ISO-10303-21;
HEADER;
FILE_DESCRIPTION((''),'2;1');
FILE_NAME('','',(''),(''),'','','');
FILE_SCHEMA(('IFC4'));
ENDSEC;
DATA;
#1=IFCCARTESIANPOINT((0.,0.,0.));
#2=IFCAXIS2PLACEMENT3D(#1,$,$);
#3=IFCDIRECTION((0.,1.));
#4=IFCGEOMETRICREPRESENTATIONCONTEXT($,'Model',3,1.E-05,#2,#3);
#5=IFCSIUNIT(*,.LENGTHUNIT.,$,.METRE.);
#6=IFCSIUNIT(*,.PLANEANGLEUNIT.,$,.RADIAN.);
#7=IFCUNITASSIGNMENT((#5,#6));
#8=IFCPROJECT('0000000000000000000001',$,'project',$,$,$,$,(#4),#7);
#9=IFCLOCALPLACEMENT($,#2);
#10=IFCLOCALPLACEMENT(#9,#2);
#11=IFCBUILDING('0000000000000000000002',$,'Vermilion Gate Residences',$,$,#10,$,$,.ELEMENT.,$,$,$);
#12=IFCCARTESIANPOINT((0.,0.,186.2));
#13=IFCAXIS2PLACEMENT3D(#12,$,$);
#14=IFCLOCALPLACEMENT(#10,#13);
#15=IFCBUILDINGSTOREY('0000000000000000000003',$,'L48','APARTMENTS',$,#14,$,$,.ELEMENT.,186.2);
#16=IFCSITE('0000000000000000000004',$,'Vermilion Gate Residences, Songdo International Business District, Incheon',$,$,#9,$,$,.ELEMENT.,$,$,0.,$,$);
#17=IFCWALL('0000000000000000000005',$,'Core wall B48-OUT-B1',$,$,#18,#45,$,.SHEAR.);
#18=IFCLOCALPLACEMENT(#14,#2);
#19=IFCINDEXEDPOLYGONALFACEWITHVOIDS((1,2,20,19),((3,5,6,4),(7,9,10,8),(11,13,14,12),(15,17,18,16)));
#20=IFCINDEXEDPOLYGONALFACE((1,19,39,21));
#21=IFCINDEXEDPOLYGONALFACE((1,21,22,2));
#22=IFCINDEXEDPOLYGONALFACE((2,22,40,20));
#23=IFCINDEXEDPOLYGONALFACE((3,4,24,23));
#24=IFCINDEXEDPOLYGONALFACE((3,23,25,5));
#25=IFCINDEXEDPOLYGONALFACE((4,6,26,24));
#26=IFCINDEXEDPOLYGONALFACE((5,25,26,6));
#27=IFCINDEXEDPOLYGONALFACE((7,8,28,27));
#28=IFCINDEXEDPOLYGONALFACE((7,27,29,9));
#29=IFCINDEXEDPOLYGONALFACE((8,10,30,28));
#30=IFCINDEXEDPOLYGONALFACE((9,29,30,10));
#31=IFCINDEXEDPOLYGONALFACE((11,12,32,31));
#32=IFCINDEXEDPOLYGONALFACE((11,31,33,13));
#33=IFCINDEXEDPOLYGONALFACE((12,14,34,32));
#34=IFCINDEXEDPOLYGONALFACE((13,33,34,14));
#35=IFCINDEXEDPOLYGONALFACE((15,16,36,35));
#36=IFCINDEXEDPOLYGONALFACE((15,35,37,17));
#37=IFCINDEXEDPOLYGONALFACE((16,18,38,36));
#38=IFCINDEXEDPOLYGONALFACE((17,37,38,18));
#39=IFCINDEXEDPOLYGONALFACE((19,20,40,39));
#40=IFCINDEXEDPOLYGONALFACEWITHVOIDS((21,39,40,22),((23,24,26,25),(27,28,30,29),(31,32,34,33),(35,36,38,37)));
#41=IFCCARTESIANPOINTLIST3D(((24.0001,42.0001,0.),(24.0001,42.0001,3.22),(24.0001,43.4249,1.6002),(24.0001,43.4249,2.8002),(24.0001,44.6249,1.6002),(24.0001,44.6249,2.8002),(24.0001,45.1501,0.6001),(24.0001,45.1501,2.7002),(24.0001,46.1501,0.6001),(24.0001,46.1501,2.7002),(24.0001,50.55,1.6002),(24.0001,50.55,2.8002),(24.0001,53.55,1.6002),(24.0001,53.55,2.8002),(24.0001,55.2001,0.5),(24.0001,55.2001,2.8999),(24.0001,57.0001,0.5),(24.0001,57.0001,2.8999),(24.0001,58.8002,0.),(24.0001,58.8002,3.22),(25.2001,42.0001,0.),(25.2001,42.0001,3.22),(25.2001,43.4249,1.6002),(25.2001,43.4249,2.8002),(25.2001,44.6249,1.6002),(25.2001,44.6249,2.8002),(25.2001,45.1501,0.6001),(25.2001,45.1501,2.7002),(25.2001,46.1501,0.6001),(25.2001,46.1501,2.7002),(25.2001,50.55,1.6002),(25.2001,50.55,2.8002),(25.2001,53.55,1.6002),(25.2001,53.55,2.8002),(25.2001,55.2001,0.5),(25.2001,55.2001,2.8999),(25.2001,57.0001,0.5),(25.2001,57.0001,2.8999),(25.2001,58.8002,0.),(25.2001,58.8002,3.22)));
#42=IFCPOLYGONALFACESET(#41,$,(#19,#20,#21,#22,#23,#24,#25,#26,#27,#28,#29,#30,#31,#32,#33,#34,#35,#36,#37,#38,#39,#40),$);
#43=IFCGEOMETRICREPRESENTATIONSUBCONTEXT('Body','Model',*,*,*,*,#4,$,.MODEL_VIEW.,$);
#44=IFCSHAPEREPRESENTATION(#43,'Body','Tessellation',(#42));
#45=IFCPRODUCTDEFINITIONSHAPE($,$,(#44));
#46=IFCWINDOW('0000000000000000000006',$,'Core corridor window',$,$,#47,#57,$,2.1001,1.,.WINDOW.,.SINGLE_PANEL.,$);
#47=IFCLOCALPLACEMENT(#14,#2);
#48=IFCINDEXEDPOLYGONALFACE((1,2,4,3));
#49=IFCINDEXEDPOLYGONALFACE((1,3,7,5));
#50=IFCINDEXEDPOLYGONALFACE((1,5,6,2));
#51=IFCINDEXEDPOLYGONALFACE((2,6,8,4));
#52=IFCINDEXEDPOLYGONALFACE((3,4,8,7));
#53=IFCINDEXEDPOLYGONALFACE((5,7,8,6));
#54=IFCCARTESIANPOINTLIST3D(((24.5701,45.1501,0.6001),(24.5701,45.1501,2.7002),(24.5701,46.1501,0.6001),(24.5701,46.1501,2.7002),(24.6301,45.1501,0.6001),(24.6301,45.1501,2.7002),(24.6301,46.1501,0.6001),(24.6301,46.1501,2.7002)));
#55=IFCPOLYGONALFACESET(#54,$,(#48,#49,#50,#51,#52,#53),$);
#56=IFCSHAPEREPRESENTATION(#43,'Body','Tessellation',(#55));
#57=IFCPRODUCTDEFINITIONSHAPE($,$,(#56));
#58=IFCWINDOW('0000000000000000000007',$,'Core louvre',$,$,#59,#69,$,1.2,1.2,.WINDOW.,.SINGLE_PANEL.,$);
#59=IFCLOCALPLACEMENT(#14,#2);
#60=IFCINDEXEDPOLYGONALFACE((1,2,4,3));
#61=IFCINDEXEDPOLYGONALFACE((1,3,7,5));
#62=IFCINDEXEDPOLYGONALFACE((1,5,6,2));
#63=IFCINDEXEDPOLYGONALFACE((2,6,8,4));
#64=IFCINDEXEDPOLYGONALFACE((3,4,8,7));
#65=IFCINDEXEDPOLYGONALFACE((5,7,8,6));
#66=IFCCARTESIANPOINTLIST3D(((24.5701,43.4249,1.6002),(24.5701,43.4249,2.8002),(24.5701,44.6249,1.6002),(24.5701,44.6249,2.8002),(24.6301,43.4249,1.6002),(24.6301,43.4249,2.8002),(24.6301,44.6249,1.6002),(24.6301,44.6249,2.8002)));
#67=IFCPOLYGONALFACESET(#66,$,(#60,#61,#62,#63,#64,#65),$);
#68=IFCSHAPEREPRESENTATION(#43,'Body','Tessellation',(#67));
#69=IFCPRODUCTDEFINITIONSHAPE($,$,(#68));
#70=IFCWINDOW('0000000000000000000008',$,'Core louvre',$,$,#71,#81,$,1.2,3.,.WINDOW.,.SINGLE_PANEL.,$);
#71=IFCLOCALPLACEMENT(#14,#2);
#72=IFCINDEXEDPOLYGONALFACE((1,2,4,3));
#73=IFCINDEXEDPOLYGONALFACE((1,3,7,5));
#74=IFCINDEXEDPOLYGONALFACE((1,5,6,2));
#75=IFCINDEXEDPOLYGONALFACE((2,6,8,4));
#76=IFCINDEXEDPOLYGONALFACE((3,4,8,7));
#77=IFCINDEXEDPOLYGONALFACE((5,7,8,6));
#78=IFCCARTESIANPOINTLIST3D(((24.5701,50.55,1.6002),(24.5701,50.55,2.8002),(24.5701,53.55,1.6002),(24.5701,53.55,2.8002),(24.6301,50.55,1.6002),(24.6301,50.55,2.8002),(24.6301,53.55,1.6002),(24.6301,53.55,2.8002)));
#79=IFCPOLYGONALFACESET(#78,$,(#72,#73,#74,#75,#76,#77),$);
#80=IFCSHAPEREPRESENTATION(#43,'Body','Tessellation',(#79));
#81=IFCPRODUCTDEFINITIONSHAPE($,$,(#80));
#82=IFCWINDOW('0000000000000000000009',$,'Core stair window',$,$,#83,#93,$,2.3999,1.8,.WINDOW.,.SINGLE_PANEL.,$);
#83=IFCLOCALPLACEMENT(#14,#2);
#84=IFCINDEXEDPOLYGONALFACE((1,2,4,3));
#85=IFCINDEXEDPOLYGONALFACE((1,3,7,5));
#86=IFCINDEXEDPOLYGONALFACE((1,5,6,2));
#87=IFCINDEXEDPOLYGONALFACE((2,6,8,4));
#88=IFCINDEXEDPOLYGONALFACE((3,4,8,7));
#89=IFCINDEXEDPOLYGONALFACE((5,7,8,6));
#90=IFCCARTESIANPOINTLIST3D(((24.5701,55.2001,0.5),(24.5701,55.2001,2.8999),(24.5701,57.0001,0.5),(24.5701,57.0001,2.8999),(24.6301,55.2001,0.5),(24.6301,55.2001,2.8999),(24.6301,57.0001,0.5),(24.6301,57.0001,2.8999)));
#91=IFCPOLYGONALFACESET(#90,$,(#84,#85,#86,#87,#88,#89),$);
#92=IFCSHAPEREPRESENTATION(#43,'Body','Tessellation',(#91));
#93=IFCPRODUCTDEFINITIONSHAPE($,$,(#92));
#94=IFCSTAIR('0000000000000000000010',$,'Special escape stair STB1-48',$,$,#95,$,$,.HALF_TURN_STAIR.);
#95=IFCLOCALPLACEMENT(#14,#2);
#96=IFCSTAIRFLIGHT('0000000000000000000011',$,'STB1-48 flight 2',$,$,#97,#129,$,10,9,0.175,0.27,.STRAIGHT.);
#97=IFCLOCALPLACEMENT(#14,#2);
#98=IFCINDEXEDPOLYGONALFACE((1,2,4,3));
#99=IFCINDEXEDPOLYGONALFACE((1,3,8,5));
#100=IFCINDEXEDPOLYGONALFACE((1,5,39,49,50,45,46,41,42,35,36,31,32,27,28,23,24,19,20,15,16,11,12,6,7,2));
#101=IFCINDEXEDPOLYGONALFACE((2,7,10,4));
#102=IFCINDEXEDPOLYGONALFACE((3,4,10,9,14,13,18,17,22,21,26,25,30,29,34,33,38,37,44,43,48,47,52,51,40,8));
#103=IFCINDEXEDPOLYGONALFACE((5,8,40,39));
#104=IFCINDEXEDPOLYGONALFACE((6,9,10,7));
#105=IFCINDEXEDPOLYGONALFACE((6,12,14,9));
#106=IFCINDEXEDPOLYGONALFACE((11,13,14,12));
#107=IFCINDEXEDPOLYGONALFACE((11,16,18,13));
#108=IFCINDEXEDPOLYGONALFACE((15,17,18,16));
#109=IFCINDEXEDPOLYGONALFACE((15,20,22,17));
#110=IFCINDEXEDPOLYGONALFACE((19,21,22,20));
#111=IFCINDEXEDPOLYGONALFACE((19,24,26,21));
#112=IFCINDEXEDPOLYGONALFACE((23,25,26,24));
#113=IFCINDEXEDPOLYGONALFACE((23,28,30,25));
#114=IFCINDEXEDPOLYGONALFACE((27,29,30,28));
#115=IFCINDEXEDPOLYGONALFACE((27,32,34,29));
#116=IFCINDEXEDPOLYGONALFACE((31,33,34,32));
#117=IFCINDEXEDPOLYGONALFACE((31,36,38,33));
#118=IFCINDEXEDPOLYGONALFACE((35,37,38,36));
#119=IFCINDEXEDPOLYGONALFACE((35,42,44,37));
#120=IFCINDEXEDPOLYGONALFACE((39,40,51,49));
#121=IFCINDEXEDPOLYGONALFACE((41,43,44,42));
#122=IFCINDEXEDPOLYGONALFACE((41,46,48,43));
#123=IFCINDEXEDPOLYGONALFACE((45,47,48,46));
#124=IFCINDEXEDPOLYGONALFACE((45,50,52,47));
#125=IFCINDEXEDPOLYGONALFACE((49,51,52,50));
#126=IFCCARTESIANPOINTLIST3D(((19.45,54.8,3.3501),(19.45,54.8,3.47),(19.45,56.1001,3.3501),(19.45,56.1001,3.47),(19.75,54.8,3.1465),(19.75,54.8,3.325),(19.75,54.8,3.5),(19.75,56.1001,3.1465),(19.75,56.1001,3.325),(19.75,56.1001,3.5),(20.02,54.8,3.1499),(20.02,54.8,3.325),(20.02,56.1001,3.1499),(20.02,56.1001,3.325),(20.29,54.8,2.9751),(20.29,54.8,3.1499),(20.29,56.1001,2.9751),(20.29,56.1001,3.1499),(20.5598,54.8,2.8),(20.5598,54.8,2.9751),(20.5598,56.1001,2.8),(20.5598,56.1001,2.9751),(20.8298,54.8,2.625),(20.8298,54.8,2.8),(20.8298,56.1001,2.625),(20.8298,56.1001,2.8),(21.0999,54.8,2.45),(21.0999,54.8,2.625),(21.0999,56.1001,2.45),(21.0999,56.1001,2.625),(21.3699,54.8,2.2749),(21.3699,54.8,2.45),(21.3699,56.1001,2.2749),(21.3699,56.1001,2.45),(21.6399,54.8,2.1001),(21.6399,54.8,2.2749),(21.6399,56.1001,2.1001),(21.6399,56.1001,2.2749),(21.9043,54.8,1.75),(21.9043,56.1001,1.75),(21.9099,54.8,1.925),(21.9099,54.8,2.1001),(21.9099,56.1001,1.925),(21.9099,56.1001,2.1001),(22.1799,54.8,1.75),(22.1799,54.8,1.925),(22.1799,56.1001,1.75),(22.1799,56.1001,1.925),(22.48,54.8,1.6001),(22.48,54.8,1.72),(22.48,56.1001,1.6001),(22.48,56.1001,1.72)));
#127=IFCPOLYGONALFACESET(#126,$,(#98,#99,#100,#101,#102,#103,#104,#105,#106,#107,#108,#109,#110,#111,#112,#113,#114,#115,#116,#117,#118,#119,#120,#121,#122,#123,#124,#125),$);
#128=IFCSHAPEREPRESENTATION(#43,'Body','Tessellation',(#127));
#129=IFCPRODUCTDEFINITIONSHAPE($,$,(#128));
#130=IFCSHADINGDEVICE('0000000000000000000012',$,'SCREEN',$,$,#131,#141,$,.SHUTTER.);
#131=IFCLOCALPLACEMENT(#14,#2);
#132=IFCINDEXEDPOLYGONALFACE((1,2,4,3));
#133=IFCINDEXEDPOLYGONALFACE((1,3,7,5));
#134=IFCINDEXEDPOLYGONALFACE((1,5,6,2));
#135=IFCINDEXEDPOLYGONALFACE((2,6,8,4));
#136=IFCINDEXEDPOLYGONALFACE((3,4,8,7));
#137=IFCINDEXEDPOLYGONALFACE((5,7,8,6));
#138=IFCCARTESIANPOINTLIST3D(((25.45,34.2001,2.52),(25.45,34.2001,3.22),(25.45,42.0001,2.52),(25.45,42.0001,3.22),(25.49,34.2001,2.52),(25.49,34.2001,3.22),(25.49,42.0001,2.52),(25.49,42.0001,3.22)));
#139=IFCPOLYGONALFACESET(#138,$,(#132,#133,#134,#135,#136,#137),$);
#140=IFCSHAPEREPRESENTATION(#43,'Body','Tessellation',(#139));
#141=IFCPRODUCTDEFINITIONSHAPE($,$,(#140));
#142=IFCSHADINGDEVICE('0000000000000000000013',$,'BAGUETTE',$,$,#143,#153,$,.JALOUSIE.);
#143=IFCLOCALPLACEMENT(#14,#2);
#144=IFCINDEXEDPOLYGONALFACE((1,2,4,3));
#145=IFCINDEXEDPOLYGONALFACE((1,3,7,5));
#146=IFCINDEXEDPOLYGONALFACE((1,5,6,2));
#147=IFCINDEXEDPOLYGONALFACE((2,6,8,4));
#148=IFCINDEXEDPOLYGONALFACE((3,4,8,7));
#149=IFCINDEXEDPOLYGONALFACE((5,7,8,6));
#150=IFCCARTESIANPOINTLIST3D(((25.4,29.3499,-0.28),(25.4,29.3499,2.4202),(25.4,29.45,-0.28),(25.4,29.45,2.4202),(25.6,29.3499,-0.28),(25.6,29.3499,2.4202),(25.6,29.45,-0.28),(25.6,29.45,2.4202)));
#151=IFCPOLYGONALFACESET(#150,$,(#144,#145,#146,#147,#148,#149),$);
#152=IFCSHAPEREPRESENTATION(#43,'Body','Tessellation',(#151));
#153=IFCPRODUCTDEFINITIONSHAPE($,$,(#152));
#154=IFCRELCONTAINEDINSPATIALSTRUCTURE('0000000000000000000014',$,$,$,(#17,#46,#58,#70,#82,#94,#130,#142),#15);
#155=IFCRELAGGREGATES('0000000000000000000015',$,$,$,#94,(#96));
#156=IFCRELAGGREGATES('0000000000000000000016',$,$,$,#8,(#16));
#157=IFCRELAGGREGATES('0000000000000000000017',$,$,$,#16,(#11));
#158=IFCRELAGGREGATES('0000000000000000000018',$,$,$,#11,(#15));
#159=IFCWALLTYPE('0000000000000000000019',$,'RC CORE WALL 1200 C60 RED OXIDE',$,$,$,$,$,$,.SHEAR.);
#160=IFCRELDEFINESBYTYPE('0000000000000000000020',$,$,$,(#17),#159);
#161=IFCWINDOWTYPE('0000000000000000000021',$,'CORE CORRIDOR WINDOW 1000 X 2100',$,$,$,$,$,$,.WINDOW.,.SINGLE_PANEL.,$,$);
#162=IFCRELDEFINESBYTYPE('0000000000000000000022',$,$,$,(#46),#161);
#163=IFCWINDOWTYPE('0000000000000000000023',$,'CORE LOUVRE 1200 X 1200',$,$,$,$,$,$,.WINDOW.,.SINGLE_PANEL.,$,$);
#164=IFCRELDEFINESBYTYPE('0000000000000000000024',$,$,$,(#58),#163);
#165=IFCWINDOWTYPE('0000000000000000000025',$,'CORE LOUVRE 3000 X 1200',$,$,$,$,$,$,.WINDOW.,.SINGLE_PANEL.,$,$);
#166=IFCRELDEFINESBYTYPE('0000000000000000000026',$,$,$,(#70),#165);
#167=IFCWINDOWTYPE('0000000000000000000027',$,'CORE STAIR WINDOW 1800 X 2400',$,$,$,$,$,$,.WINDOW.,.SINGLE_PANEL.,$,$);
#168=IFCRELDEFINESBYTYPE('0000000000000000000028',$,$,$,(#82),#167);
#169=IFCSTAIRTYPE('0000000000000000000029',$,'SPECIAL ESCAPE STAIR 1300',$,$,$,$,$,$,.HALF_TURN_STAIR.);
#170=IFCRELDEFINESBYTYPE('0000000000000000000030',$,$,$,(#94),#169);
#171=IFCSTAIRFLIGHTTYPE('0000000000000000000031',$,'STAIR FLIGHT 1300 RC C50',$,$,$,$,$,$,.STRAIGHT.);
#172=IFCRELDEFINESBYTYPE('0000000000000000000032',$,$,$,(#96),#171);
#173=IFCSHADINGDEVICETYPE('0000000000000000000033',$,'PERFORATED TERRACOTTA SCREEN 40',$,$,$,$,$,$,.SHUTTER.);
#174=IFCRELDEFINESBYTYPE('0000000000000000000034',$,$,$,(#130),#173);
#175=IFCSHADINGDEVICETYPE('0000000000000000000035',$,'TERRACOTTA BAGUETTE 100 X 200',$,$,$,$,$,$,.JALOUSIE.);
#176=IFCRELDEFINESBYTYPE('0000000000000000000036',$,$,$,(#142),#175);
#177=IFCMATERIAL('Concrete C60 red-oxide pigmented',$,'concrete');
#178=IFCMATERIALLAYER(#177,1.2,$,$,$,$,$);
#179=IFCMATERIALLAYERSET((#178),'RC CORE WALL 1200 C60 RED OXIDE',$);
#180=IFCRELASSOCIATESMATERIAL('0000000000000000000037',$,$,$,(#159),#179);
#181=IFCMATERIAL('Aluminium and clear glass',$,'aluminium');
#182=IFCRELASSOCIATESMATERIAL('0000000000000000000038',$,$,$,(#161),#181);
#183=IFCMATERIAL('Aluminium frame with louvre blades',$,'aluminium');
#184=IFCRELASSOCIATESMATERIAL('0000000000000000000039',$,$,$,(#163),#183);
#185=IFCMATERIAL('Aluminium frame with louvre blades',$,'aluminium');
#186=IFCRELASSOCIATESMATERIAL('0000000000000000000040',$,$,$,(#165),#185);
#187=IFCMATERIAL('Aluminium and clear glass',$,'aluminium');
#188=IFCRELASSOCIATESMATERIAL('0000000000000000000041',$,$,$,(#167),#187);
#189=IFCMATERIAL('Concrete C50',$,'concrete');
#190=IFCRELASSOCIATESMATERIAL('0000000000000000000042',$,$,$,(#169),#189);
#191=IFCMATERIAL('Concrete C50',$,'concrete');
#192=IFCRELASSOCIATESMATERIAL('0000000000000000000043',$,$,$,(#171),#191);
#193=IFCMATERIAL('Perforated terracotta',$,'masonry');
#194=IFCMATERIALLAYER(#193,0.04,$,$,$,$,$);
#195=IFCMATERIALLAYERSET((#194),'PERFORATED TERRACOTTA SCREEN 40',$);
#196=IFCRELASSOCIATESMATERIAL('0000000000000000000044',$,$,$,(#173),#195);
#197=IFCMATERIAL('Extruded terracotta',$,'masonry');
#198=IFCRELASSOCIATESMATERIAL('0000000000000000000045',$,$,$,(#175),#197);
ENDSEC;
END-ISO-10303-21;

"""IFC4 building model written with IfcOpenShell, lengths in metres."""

from ifc_helpers import new_model, si_unit, direction, frame, frame_2d, origin, origin_2d, place, context, subcontext, project, spatial, polyline, rectangle, outline, extrude, material, layer, layer_set, material_profile, profile_set, type_object, element, fill, aggregate, save


model = new_model("IFC4")

# Units and contexts
model_context = context("Model", 3, precision=1e-05, world=origin(), true_north=direction((0.0, 1.0)))
body_context = subcontext(model_context, "Body", "Model", "MODEL_VIEW")
ifc_project = project(units=[si_unit("LENGTHUNIT", "METRE"), si_unit("PLANEANGLEUNIT", "RADIAN")], contexts=[model_context])

# Site, building, storey
site_placement = place(None, origin())
site = spatial("IfcSite", under=ifc_project, at=site_placement, Name="Vermilion Gate Residences, Songdo International Business District, Incheon", CompositionType="ELEMENT", RefElevation=0.0)
building_placement = place(site_placement, origin())
building = spatial("IfcBuilding", under=site, at=building_placement, Name="Vermilion Gate Residences", CompositionType="ELEMENT")
storey_placement = place(building_placement, frame((0.0, 0.0, 186.2)))
storey = spatial("IfcBuildingStorey", under=building, at=storey_placement, Name="L48", Description="APARTMENTS", CompositionType="ELEMENT", Elevation=186.2)

# Wall, openings, windows
ifc_material_1 = material(Name="Concrete C60 red-oxide pigmented", Category="concrete")
ifc_layer_1 = layer(ifc_material_1, 1.2)
ifc_layer_set_1 = layer_set([ifc_layer_1], Name="RC CORE WALL 1200 C60 RED OXIDE")
wall_type_1 = type_object("IfcWallType", Name="RC CORE WALL 1200 C60 RED OXIDE", PredefinedType="SHEAR", material=ifc_layer_set_1)
wall_1_placement = place(storey_placement, frame((24.6001, 58.8, 0.0), z_axis=(0.0, 0.0, 1.0), x_axis=(0.0, -1.0, 0.0)))
wall_1 = element("IfcWall", 1, at=wall_1_placement, inside=storey, type_object=wall_type_1, Name="Core wall B48-OUT-B1", PredefinedType="SHEAR", context=body_context, shape_type="SweptSolid", body=[
    extrude(rectangle(XDim=16.8, YDim=1.2, at=frame_2d((8.3999, 0.0))), origin(), (0.0, 0.0, 1.0), 3.22),
])
opening_1_placement = place(wall_1_placement, frame((1.8, 0.0, 0.5)))
opening_1 = element("IfcOpeningElement", 2, at=opening_1_placement, cuts=wall_1, PredefinedType="OPENING", context=body_context, shape_type="SweptSolid", body=[
    extrude(rectangle(XDim=1.8, YDim=2.3999, at=frame_2d((0.8999, 1.2))), frame((0.0, 0.6099, 0.0), z_axis=(0.0, -1.0, 0.0), x_axis=(1.0, 0.0, 0.0)), (0.0, 0.0, 1.0), 1.22),
])
opening_2_placement = place(wall_1_placement, frame((5.25, 0.0, 1.6001)))
opening_2 = element("IfcOpeningElement", 3, at=opening_2_placement, cuts=wall_1, PredefinedType="OPENING", context=body_context, shape_type="SweptSolid", body=[
    extrude(rectangle(XDim=3.0, YDim=1.2, at=frame_2d((1.5, 0.6001))), frame((0.0, 0.6099, 0.0), z_axis=(0.0, -1.0, 0.0), x_axis=(1.0, 0.0, 0.0)), (0.0, 0.0, 1.0), 1.22),
])
opening_3_placement = place(wall_1_placement, frame((12.6499, 0.0, 0.6001)))
opening_3 = element("IfcOpeningElement", 4, at=opening_3_placement, cuts=wall_1, PredefinedType="OPENING", context=body_context, shape_type="SweptSolid", body=[
    extrude(rectangle(XDim=1.0, YDim=2.1001, at=frame_2d((0.5, 1.05))), frame((0.0, 0.6099, 0.0), z_axis=(0.0, -1.0, 0.0), x_axis=(1.0, 0.0, 0.0)), (0.0, 0.0, 1.0), 1.22),
])
opening_4_placement = place(wall_1_placement, frame((14.175, 0.0, 1.6001)))
opening_4 = element("IfcOpeningElement", 5, at=opening_4_placement, cuts=wall_1, PredefinedType="OPENING", context=body_context, shape_type="SweptSolid", body=[
    extrude(rectangle(XDim=1.2, YDim=1.2, at=frame_2d((0.6001, 0.6001))), frame((0.0, 0.6099, 0.0), z_axis=(0.0, -1.0, 0.0), x_axis=(1.0, 0.0, 0.0)), (0.0, 0.0, 1.0), 1.22),
])
ifc_material_2 = material(Name="Aluminium and clear glass", Category="aluminium")
window_type_1 = type_object("IfcWindowType", Name="CORE CORRIDOR WINDOW 1000 X 2100", PartitioningType="SINGLE_PANEL", PredefinedType="WINDOW", material=ifc_material_2)
window_1_placement = place(opening_3_placement, origin())
window_1 = element("IfcWindow", 6, at=window_1_placement, inside=storey, type_object=window_type_1, Name="Core corridor window", OverallHeight=2.1001, OverallWidth=1.0, PartitioningType="SINGLE_PANEL", PredefinedType="WINDOW", context=body_context, shape_type="SweptSolid", body=[
    extrude(rectangle(XDim=1.0, YDim=2.1001, at=frame_2d((0.5, 1.05))), frame((0.0, 0.03, 0.0), z_axis=(0.0, -1.0, 0.0), x_axis=(1.0, 0.0, 0.0)), (0.0, 0.0, 1.0), 0.0601),
])
fill(opening_3, window_1)
ifc_material_3 = material(Name="Aluminium frame with louvre blades", Category="aluminium")
window_type_2 = type_object("IfcWindowType", Name="CORE LOUVRE 1200 X 1200", PartitioningType="SINGLE_PANEL", PredefinedType="WINDOW", material=ifc_material_3)
window_2_placement = place(opening_4_placement, origin())
window_2 = element("IfcWindow", 7, at=window_2_placement, inside=storey, type_object=window_type_2, Name="Core louvre", OverallHeight=1.2, OverallWidth=1.2, PartitioningType="SINGLE_PANEL", PredefinedType="WINDOW", context=body_context, shape_type="SweptSolid", body=[
    extrude(rectangle(XDim=1.2, YDim=1.2, at=frame_2d((0.6001, 0.6001))), frame((0.0, 0.03, 0.0), z_axis=(0.0, -1.0, 0.0), x_axis=(1.0, 0.0, 0.0)), (0.0, 0.0, 1.0), 0.0601),
])
fill(opening_4, window_2)
ifc_material_4 = material(Name="Aluminium frame with louvre blades", Category="aluminium")
window_type_3 = type_object("IfcWindowType", Name="CORE LOUVRE 3000 X 1200", PartitioningType="SINGLE_PANEL", PredefinedType="WINDOW", material=ifc_material_4)
window_3_placement = place(opening_2_placement, origin())
window_3 = element("IfcWindow", 8, at=window_3_placement, inside=storey, type_object=window_type_3, Name="Core louvre", OverallHeight=1.2, OverallWidth=3.0, PartitioningType="SINGLE_PANEL", PredefinedType="WINDOW", context=body_context, shape_type="SweptSolid", body=[
    extrude(rectangle(XDim=3.0, YDim=1.2, at=frame_2d((1.5, 0.6001))), frame((0.0, 0.03, 0.0), z_axis=(0.0, -1.0, 0.0), x_axis=(1.0, 0.0, 0.0)), (0.0, 0.0, 1.0), 0.0601),
])
fill(opening_2, window_3)
ifc_material_5 = material(Name="Aluminium and clear glass", Category="aluminium")
window_type_4 = type_object("IfcWindowType", Name="CORE STAIR WINDOW 1800 X 2400", PartitioningType="SINGLE_PANEL", PredefinedType="WINDOW", material=ifc_material_5)
window_4_placement = place(opening_1_placement, origin())
window_4 = element("IfcWindow", 9, at=window_4_placement, inside=storey, type_object=window_type_4, Name="Core stair window", OverallHeight=2.3999, OverallWidth=1.8, PartitioningType="SINGLE_PANEL", PredefinedType="WINDOW", context=body_context, shape_type="SweptSolid", body=[
    extrude(rectangle(XDim=1.8, YDim=2.3999, at=frame_2d((0.8999, 1.2))), frame((0.0, 0.03, 0.0), z_axis=(0.0, -1.0, 0.0), x_axis=(1.0, 0.0, 0.0)), (0.0, 0.0, 1.0), 0.0601),
])
fill(opening_1, window_4)

# Stair, stair flight
ifc_material_6 = material(Name="Concrete C50", Category="concrete")
stair_type = type_object("IfcStairType", Name="SPECIAL ESCAPE STAIR 1300", PredefinedType="HALF_TURN_STAIR", material=ifc_material_6)
stair_placement = place(storey_placement, origin())
stair = element("IfcStair", 10, at=stair_placement, inside=storey, type_object=stair_type, Name="Special escape stair STB1-48", PredefinedType="HALF_TURN_STAIR")
ifc_material_7 = material(Name="Concrete C50", Category="concrete")
stair_flight_type = type_object("IfcStairFlightType", Name="STAIR FLIGHT 1300 RC C50", PredefinedType="STRAIGHT", material=ifc_material_7)
stair_flight_placement = place(storey_placement, frame((22.1799, 55.45, 1.75), z_axis=(0.0, 0.0, 1.0), x_axis=(-1.0, 0.0, 0.0)))
stair_flight = element("IfcStairFlight", 11, at=stair_flight_placement, type_object=stair_flight_type, Name="STB1-48 flight 2", NumberOfRisers=10, NumberOfTreads=9, PredefinedType="STRAIGHT", RiserHeight=0.175, TreadLength=0.27, context=body_context, shape_type="SweptSolid", body=[
    extrude(outline(polyline([(-0.3, -0.1499), (-0.3, -0.03), (0.0, 0.0), (0.0, 0.175), (0.27, 0.175), (0.27, 0.3501), (0.54, 0.3501), (0.54, 0.5249), (0.8101, 0.5249), (0.8101, 0.7), (1.0801, 0.7), (1.0801, 0.875), (1.3501, 0.875), (1.3501, 1.05), (1.6201, 1.05), (1.6201, 1.2251), (1.8899, 1.2251), (1.8899, 1.3999), (2.1599, 1.3999), (2.1599, 1.575), (2.4299, 1.575), (2.4299, 1.75), (2.73, 1.72), (2.73, 1.6001), (2.4299, 1.3965), (0.2756, 0.0), (-0.3, -0.1499)])), frame((0.0, 0.6499, 0.0), z_axis=(0.0, -1.0, 0.0), x_axis=(1.0, 0.0, 0.0)), (0.0, 0.0, 1.0), 1.3),
])
aggregate(stair, [stair_flight])

# Shading devices
ifc_material_8 = material(Name="Perforated terracotta", Category="masonry")
ifc_layer_2 = layer(ifc_material_8, 0.04)
ifc_layer_set_2 = layer_set([ifc_layer_2], Name="PERFORATED TERRACOTTA SCREEN 40")
shading_device_type_1 = type_object("IfcShadingDeviceType", Name="PERFORATED TERRACOTTA SCREEN 40", PredefinedType="SHUTTER", material=ifc_layer_set_2)
shading_device_1_placement = place(storey_placement, frame((25.47, 38.1001, 2.52), z_axis=(0.0, 0.0, 1.0), x_axis=(0.0, 1.0, 0.0)))
element("IfcShadingDevice", 12, at=shading_device_1_placement, inside=storey, type_object=shading_device_type_1, Name="SCREEN", PredefinedType="SHUTTER", context=body_context, shape_type="SweptSolid", body=[
    extrude(rectangle(XDim=7.8, YDim=0.04, at=origin_2d()), origin(), (0.0, 0.0, 1.0), 0.7),
])
ifc_material_9 = material(Name="Extruded terracotta", Category="masonry")
ifc_material_profile_1 = material_profile(ifc_material_9, rectangle(XDim=0.2, YDim=0.1001, at=origin_2d()), Name="BAGUETTE 100 X 200")
ifc_profile_set_1 = profile_set([ifc_material_profile_1], Name="Extruded terracotta")
shading_device_type_2 = type_object("IfcShadingDeviceType", Name="TERRACOTTA BAGUETTE 100 X 200", PredefinedType="JALOUSIE", material=ifc_profile_set_1)
shading_device_2_placement = place(storey_placement, frame((25.5, 29.3999, -0.28), z_axis=(0.0, 0.0, 1.0), x_axis=(-1.0, 0.0, 0.0)))
element("IfcShadingDevice", 13, at=shading_device_2_placement, inside=storey, type_object=shading_device_type_2, Name="BAGUETTE", PredefinedType="JALOUSIE", context=body_context, shape_type="SweptSolid", body=[
    extrude(rectangle(XDim=0.2, YDim=0.1001, at=origin_2d()), origin(), (0.0, 0.0, 1.0), 2.7002),
])

save(model, "model.ifc")
